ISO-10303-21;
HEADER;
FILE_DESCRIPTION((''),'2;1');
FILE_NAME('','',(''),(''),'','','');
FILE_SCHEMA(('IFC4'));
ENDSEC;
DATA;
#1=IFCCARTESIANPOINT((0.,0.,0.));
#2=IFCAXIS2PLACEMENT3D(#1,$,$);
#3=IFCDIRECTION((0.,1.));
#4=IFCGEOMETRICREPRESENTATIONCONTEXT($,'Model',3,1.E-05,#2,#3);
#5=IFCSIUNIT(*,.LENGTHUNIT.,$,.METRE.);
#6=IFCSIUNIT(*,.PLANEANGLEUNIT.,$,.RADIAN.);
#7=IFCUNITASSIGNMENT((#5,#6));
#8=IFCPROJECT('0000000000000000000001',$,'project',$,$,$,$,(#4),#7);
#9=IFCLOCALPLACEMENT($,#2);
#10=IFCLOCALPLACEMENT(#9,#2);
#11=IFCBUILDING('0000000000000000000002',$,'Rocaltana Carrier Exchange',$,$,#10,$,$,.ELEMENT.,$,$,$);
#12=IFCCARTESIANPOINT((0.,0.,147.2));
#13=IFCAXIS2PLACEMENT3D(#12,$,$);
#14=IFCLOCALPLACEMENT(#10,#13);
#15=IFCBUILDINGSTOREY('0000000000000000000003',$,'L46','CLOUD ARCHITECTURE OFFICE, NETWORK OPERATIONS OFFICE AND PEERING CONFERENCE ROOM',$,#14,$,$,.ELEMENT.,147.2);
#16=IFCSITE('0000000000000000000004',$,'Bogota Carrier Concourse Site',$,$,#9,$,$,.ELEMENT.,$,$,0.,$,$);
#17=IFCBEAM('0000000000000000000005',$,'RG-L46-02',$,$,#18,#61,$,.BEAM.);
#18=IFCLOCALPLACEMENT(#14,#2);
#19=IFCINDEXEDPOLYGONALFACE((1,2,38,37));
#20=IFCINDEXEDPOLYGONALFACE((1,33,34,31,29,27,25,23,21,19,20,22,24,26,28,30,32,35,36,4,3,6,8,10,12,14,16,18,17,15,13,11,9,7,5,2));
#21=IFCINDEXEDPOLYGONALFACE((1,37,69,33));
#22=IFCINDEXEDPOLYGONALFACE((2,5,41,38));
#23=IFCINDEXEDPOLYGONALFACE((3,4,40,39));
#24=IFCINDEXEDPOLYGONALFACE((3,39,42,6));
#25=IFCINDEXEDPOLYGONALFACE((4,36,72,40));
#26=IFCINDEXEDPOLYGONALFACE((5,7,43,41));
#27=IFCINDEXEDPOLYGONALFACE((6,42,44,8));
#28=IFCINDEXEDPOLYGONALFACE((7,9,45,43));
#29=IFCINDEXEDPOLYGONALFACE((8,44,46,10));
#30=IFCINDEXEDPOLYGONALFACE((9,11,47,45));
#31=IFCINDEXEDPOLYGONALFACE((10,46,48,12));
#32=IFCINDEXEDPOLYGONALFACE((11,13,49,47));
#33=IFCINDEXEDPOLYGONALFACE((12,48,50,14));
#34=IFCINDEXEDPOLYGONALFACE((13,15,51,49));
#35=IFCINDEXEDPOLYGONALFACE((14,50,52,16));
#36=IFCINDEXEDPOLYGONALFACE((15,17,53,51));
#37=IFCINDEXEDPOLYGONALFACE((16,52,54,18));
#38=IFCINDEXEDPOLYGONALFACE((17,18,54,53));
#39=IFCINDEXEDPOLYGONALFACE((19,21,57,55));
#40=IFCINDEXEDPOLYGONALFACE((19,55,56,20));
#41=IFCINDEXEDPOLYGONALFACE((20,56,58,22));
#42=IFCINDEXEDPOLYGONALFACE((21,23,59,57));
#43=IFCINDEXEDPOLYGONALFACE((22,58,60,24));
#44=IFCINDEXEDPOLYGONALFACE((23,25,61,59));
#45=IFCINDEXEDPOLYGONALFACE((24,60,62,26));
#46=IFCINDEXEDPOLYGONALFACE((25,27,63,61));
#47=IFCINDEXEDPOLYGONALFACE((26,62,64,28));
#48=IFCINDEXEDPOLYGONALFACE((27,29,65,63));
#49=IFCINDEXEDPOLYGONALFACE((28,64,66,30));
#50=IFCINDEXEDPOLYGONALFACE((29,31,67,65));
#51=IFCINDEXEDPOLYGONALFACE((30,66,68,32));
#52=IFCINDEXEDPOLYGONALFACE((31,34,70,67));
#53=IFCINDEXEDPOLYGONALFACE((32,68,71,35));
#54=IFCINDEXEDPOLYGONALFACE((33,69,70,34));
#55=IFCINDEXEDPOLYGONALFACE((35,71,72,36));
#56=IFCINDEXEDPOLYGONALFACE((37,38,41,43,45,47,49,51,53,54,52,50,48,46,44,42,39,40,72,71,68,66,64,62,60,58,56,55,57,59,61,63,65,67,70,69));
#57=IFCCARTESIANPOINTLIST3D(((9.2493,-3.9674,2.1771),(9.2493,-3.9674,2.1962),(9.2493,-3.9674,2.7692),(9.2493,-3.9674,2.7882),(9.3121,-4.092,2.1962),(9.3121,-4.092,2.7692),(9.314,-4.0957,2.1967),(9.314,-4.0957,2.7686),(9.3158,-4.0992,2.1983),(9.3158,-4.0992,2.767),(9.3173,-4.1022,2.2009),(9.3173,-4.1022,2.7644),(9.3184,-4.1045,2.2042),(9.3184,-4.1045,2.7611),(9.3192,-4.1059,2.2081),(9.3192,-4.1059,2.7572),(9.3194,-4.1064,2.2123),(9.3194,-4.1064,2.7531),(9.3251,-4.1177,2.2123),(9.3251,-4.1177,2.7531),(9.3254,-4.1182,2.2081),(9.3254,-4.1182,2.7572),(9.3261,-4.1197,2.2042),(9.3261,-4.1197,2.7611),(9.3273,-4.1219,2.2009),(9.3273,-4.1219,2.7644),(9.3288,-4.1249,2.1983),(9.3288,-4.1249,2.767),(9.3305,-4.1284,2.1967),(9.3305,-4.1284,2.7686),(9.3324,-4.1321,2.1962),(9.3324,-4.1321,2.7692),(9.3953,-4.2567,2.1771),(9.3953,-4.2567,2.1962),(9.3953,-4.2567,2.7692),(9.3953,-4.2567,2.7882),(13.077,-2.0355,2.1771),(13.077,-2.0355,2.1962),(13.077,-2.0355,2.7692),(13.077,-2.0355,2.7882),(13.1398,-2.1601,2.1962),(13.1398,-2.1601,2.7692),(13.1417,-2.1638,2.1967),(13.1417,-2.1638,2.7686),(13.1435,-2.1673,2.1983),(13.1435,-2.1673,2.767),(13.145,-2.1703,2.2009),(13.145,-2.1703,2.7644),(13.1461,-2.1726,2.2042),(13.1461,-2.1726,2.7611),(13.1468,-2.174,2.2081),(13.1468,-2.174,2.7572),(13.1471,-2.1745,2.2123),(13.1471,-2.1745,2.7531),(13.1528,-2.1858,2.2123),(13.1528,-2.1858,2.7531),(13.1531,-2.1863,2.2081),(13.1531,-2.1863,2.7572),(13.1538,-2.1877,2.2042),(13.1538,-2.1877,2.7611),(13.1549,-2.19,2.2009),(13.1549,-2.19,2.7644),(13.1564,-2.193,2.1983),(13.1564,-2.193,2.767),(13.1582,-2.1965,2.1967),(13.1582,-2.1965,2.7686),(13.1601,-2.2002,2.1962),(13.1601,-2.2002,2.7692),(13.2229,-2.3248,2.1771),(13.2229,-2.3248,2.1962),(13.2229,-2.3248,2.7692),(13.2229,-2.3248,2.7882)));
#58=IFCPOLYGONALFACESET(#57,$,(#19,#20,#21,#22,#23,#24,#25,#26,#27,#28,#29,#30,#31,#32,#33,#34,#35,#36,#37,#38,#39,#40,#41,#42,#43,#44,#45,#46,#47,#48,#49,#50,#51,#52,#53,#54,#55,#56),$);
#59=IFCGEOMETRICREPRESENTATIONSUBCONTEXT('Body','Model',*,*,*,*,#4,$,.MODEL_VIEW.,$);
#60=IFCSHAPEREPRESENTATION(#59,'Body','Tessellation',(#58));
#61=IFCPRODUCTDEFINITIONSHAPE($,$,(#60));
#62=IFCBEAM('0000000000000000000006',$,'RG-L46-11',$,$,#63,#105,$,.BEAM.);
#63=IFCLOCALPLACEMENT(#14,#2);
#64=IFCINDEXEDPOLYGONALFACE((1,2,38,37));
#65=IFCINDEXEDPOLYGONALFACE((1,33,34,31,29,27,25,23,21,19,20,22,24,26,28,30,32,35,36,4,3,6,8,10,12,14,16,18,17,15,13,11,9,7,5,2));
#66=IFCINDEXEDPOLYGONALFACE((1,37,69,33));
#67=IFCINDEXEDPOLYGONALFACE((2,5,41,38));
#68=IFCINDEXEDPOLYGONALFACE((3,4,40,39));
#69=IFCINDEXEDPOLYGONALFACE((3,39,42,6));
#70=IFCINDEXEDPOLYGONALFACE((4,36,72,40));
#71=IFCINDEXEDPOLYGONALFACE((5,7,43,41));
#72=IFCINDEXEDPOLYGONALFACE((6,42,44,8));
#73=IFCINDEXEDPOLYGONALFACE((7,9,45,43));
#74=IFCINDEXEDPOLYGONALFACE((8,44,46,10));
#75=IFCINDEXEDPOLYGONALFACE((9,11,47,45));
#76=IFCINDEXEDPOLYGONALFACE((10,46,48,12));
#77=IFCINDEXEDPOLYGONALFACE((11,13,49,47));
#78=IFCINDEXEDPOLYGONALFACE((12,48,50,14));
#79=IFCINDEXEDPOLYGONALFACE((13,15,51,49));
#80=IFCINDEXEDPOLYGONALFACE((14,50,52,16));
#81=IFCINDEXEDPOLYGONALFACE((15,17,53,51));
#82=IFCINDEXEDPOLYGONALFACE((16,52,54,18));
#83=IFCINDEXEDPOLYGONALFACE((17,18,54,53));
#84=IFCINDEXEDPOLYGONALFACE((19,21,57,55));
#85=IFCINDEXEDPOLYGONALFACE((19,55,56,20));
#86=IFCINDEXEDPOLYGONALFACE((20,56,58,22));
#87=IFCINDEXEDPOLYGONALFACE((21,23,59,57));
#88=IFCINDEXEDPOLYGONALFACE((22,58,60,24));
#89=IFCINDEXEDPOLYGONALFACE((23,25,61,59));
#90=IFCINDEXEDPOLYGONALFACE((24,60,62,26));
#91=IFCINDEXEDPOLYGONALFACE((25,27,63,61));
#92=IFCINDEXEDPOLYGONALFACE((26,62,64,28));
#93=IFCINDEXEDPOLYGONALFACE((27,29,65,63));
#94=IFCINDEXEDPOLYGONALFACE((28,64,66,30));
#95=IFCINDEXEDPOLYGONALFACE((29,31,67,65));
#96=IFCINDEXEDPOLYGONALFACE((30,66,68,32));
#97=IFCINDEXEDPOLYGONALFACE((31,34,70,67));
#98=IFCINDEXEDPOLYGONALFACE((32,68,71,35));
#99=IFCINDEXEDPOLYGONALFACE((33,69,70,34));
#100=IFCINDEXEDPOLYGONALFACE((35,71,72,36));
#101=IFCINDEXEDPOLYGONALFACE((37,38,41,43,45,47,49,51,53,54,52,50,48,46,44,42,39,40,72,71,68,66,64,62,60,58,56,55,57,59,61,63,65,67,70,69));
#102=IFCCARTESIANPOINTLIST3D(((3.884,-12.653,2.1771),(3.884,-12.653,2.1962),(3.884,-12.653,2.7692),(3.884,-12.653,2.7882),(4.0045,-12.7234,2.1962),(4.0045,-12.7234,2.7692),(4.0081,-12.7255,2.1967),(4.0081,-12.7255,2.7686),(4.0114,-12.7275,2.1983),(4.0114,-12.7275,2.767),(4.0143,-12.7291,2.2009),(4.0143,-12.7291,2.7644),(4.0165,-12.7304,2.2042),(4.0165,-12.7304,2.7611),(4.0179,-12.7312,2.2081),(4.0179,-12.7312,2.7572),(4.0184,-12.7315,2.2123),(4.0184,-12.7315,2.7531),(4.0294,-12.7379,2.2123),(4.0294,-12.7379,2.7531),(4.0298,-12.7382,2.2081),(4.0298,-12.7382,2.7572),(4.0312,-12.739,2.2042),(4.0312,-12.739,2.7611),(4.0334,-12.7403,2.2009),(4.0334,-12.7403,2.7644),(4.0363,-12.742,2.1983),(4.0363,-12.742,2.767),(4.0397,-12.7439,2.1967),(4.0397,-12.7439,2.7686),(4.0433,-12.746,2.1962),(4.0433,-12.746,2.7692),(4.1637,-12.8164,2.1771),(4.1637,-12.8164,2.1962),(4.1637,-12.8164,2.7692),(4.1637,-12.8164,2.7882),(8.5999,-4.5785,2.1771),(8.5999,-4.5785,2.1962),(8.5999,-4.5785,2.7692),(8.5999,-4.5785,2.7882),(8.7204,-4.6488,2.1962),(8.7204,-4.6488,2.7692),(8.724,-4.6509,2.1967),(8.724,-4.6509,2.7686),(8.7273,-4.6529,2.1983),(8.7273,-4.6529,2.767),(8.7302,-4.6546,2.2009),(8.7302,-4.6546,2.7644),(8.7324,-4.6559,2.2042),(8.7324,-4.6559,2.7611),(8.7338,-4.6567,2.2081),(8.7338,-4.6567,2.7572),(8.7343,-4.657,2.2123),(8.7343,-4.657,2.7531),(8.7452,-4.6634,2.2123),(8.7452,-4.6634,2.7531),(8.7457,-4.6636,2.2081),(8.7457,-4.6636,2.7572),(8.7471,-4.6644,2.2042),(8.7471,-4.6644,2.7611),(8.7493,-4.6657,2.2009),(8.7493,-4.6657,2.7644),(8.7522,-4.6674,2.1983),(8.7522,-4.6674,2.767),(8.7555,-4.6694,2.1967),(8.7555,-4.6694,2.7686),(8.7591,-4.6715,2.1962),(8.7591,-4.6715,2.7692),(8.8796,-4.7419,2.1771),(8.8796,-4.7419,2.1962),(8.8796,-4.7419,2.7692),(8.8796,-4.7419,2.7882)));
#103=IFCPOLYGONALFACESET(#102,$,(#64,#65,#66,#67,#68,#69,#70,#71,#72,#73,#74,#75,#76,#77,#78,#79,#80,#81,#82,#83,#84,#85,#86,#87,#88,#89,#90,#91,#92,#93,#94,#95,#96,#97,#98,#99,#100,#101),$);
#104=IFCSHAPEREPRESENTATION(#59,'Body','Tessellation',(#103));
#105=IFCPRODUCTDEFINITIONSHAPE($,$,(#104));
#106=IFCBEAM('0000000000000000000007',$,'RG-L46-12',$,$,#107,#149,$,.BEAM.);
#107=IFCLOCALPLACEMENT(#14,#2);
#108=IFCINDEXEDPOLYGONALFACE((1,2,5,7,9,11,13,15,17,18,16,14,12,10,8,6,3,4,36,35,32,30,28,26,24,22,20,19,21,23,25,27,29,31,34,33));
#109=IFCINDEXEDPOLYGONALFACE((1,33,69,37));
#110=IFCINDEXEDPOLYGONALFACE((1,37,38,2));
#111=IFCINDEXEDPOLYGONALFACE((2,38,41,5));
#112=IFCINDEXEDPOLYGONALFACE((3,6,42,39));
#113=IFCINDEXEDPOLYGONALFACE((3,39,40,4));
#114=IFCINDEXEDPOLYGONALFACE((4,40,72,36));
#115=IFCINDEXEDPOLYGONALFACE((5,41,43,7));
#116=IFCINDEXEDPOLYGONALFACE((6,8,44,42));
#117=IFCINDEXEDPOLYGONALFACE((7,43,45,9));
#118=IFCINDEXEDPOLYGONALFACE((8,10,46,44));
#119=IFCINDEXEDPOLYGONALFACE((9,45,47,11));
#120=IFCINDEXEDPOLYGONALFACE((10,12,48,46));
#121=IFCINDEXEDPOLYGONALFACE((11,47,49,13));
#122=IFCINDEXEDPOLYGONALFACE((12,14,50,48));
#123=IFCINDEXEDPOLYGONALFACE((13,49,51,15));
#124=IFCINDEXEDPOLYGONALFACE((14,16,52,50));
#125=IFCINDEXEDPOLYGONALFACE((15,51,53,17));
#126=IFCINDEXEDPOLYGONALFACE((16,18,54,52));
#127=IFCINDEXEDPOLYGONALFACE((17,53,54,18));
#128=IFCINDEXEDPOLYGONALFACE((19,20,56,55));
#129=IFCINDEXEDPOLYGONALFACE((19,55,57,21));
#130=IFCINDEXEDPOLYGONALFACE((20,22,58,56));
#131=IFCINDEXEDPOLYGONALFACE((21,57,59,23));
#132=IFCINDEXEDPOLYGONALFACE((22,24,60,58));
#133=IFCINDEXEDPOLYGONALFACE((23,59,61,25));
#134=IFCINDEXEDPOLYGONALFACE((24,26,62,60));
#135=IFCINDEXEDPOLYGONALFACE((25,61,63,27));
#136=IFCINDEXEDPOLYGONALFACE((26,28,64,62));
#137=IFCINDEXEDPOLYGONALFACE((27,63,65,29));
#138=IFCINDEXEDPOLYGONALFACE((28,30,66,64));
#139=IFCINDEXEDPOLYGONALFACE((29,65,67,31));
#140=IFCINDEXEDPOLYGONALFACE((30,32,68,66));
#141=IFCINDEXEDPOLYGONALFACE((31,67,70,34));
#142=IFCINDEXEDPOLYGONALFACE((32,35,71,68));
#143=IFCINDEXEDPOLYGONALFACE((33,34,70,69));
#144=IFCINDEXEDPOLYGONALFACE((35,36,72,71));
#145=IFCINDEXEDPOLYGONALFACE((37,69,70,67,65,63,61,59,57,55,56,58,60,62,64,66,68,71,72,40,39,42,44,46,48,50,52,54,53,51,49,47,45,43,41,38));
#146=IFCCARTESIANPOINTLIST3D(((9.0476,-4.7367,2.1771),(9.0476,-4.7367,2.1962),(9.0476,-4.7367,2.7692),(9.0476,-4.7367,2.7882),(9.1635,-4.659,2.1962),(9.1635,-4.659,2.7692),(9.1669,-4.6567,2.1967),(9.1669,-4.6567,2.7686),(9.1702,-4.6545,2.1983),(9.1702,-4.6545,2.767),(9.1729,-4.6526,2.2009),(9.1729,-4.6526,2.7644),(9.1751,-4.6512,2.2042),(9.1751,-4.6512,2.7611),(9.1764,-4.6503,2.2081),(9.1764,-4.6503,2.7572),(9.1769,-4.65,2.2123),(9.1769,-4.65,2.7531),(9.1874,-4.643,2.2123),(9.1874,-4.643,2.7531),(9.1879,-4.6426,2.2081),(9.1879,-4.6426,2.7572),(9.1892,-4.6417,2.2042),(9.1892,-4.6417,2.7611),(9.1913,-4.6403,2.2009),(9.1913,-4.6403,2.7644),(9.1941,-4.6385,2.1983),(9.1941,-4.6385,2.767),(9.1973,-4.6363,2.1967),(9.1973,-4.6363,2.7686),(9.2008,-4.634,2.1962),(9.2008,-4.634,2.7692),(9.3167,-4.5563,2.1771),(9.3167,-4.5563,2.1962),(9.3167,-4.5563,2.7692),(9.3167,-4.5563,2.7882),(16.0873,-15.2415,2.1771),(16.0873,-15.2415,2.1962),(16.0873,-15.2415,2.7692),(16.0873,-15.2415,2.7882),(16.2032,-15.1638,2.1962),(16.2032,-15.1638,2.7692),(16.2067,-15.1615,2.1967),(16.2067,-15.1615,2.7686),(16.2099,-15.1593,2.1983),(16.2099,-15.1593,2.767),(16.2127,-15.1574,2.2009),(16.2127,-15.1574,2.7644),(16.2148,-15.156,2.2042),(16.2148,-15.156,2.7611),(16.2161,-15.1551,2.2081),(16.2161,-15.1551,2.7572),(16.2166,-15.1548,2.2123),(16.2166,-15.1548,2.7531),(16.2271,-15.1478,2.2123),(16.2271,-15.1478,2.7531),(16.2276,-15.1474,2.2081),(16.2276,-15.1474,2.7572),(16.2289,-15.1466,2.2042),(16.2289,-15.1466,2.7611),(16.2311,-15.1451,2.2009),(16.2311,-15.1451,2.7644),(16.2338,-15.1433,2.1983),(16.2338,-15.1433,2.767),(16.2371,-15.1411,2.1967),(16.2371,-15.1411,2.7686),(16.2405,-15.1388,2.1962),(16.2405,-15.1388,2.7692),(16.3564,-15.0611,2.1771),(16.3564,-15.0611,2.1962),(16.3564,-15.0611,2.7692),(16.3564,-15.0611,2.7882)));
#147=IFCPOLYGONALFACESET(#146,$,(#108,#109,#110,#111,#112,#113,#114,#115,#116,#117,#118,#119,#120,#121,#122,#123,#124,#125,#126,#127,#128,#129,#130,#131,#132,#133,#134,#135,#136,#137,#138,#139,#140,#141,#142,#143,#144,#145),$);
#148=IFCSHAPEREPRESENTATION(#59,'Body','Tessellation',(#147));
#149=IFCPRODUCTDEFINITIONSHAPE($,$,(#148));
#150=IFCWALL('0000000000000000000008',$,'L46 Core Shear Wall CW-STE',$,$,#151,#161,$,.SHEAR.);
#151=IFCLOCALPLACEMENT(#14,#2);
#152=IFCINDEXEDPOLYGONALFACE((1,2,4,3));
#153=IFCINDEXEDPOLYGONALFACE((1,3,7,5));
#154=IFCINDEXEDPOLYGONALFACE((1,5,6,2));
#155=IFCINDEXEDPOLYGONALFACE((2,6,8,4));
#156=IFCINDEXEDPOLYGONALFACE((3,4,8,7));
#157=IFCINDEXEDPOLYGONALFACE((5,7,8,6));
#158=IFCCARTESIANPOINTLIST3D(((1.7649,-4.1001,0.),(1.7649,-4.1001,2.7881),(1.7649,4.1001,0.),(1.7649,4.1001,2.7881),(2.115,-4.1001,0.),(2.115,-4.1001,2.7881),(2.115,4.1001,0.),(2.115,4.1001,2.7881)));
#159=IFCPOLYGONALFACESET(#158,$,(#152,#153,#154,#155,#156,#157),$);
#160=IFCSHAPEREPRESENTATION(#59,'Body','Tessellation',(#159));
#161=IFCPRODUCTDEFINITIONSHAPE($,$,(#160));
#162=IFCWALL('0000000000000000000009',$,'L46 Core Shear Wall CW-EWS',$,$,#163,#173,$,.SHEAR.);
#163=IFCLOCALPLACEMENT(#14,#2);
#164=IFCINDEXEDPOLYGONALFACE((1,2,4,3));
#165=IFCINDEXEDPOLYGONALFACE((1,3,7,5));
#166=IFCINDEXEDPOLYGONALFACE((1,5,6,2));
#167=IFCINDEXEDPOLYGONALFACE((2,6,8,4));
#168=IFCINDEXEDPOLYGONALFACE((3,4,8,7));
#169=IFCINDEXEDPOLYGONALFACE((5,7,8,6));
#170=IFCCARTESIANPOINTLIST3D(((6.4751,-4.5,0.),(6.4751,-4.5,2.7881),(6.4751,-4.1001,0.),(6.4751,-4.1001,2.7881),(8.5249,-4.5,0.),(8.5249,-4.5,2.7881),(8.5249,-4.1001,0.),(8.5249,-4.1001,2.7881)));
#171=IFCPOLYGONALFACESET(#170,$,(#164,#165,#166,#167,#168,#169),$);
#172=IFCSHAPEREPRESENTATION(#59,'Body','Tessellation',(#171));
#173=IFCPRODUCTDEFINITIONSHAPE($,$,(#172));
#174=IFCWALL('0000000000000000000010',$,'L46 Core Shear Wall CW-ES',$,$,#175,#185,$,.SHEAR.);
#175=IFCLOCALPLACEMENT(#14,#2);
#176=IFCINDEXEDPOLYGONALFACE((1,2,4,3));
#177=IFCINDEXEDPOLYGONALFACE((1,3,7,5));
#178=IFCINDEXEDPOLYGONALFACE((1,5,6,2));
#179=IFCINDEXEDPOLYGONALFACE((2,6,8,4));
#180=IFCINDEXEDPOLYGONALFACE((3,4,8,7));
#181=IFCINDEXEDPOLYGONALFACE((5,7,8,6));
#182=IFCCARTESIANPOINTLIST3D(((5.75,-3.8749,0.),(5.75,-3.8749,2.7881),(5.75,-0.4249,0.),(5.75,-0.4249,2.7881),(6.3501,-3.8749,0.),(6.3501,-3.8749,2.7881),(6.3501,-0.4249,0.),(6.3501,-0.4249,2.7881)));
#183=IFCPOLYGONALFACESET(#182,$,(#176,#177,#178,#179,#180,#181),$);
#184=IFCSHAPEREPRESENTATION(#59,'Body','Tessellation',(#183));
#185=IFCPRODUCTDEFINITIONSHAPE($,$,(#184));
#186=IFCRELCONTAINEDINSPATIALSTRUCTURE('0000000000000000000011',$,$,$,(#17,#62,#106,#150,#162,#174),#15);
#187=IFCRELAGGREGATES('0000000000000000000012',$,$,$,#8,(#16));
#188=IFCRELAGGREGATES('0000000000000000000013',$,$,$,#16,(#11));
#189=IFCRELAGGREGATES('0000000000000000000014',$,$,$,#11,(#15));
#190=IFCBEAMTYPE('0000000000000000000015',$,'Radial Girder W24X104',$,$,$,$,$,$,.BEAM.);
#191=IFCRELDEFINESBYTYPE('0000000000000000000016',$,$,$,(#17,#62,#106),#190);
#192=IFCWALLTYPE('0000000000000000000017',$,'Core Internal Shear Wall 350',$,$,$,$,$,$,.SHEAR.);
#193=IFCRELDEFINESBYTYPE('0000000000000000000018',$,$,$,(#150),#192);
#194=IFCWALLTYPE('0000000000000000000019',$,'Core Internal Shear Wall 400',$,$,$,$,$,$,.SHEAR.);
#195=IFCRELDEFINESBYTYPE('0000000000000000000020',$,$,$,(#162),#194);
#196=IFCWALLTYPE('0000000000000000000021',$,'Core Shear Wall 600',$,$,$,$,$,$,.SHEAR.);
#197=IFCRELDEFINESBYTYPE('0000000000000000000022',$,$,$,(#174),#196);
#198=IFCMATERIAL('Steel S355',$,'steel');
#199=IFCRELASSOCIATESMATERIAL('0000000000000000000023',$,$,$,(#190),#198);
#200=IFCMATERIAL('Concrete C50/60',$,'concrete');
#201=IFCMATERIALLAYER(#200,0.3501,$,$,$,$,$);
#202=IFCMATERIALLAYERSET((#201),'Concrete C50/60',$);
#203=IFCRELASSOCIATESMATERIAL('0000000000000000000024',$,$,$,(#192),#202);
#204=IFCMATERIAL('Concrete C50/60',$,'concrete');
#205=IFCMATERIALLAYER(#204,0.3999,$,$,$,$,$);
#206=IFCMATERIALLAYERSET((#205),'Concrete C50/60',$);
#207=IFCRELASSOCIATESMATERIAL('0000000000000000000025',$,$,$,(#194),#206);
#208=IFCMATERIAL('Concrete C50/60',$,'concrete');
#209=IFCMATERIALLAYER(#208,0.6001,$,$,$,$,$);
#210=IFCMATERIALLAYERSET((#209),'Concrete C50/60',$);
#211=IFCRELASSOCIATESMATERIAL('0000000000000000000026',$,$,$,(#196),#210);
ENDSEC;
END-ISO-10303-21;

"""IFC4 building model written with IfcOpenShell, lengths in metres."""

from ifc_helpers import new_model, si_unit, direction, frame, frame_2d, origin, origin_2d, place, context, subcontext, project, spatial, rectangle, i_section, extrude, material, layer, layer_set, material_profile, profile_set, type_object, element, save


model = new_model("IFC4")

# Units and contexts
model_context = context("Model", 3, precision=1e-05, world=origin(), true_north=direction((0.0, 1.0)))
body_context = subcontext(model_context, "Body", "Model", "MODEL_VIEW")
ifc_project = project(units=[si_unit("LENGTHUNIT", "METRE"), si_unit("PLANEANGLEUNIT", "RADIAN")], contexts=[model_context])

# Site, building, storey
site_placement = place(None, origin())
site = spatial("IfcSite", under=ifc_project, at=site_placement, Name="Bogota Carrier Concourse Site", CompositionType="ELEMENT", RefElevation=0.0)
building_placement = place(site_placement, origin())
building = spatial("IfcBuilding", under=site, at=building_placement, Name="Rocaltana Carrier Exchange", CompositionType="ELEMENT")
storey_placement = place(building_placement, frame((0.0, 0.0, 147.2)))
storey = spatial("IfcBuildingStorey", under=building, at=storey_placement, Name="L46", Description="CLOUD ARCHITECTURE OFFICE, NETWORK OPERATIONS OFFICE AND PEERING CONFERENCE ROOM", CompositionType="ELEMENT", Elevation=147.2)

# Beams
ifc_material_1 = material(Name="Steel S355", Category="steel")
ifc_material_profile_1 = material_profile(ifc_material_1, i_section(OverallWidth=0.324, OverallDepth=0.6111, WebThickness=0.0127, FlangeThickness=0.019, FilletRadius=0.0161, at=origin_2d()), Name="W24X104")
ifc_profile_set_1 = profile_set([ifc_material_profile_1], Name="Steel S355")
beam_type = type_object("IfcBeamType", Name="Radial Girder W24X104", PredefinedType="BEAM", material=ifc_profile_set_1)
beam_1_placement = place(storey_placement, frame((9.3223, -4.1121, 2.4827), z_axis=(0.892735, 0.450581, 0.0), x_axis=(-0.450581, 0.892735, 0.0)))
element("IfcBeam", 1, at=beam_1_placement, inside=storey, type_object=beam_type, Name="RG-L46-02", PredefinedType="BEAM", context=body_context, shape_type="SweptSolid", body=[
    extrude(i_section(OverallWidth=0.324, OverallDepth=0.6111, WebThickness=0.0127, FlangeThickness=0.019, FilletRadius=0.0161, at=origin_2d()), origin(), (0.0, 0.0, 1.0), 4.2876),
])
beam_2_placement = place(storey_placement, frame((8.7397, -4.6602, 2.4827), z_axis=(-0.504327, -0.863513, 0.0), x_axis=(0.863513, -0.504327, 0.0)))
element("IfcBeam", 2, at=beam_2_placement, inside=storey, type_object=beam_type, Name="RG-L46-11", PredefinedType="BEAM", context=body_context, shape_type="SweptSolid", body=[
    extrude(i_section(OverallWidth=0.324, OverallDepth=0.6111, WebThickness=0.0127, FlangeThickness=0.019, FilletRadius=0.0161, at=origin_2d()), origin(), (0.0, 0.0, 1.0), 9.3508),
])
beam_3_placement = place(storey_placement, frame((9.1821, -4.6465, 2.4827), z_axis=(0.556699, -0.830714, 0.0), x_axis=(0.830714, 0.556699, 0.0)))
element("IfcBeam", 3, at=beam_3_placement, inside=storey, type_object=beam_type, Name="RG-L46-12", PredefinedType="BEAM", context=body_context, shape_type="SweptSolid", body=[
    extrude(i_section(OverallWidth=0.324, OverallDepth=0.6111, WebThickness=0.0127, FlangeThickness=0.019, FilletRadius=0.0161, at=origin_2d()), origin(), (0.0, 0.0, 1.0), 12.6455),
])

# Walls
ifc_material_2 = material(Name="Concrete C50/60", Category="concrete")
ifc_layer_1 = layer(ifc_material_2, 0.3501)
ifc_layer_set_1 = layer_set([ifc_layer_1], Name="Concrete C50/60")
wall_type_1 = type_object("IfcWallType", Name="Core Internal Shear Wall 350", PredefinedType="SHEAR", material=ifc_layer_set_1)
wall_1_placement = place(storey_placement, frame((1.9399, -4.1001, 0.0), z_axis=(0.0, 0.0, 1.0), x_axis=(0.0, 1.0, 0.0)))
element("IfcWall", 4, at=wall_1_placement, inside=storey, type_object=wall_type_1, Name="L46 Core Shear Wall CW-STE", PredefinedType="SHEAR", context=body_context, shape_type="SweptSolid", body=[
    extrude(rectangle(XDim=8.2002, YDim=0.3501, at=frame_2d((4.1001, 0.0))), origin(), (0.0, 0.0, 1.0), 2.7881),
])
ifc_material_3 = material(Name="Concrete C50/60", Category="concrete")
ifc_layer_2 = layer(ifc_material_3, 0.3999)
ifc_layer_set_2 = layer_set([ifc_layer_2], Name="Concrete C50/60")
wall_type_2 = type_object("IfcWallType", Name="Core Internal Shear Wall 400", PredefinedType="SHEAR", material=ifc_layer_set_2)
wall_2_placement = place(storey_placement, frame((6.4751, -4.3, 0.0), z_axis=(0.0, 0.0, 1.0), x_axis=(1.0, 0.0, 0.0)))
element("IfcWall", 5, at=wall_2_placement, inside=storey, type_object=wall_type_2, Name="L46 Core Shear Wall CW-EWS", PredefinedType="SHEAR", context=body_context, shape_type="SweptSolid", body=[
    extrude(rectangle(XDim=2.0498, YDim=0.3999, at=frame_2d((1.0249, 0.0))), origin(), (0.0, 0.0, 1.0), 2.7881),
])
ifc_material_4 = material(Name="Concrete C50/60", Category="concrete")
ifc_layer_3 = layer(ifc_material_4, 0.6001)
ifc_layer_set_3 = layer_set([ifc_layer_3], Name="Concrete C50/60")
wall_type_3 = type_object("IfcWallType", Name="Core Shear Wall 600", PredefinedType="SHEAR", material=ifc_layer_set_3)
wall_3_placement = place(storey_placement, frame((6.05, -3.875, 0.0), z_axis=(0.0, 0.0, 1.0), x_axis=(0.0, 1.0, 0.0)))
element("IfcWall", 6, at=wall_3_placement, inside=storey, type_object=wall_type_3, Name="L46 Core Shear Wall CW-ES", PredefinedType="SHEAR", context=body_context, shape_type="SweptSolid", body=[
    extrude(rectangle(XDim=3.45, YDim=0.6001, at=frame_2d((1.7251, 0.0))), origin(), (0.0, 0.0, 1.0), 2.7881),
])

save(model, "model.ifc")
